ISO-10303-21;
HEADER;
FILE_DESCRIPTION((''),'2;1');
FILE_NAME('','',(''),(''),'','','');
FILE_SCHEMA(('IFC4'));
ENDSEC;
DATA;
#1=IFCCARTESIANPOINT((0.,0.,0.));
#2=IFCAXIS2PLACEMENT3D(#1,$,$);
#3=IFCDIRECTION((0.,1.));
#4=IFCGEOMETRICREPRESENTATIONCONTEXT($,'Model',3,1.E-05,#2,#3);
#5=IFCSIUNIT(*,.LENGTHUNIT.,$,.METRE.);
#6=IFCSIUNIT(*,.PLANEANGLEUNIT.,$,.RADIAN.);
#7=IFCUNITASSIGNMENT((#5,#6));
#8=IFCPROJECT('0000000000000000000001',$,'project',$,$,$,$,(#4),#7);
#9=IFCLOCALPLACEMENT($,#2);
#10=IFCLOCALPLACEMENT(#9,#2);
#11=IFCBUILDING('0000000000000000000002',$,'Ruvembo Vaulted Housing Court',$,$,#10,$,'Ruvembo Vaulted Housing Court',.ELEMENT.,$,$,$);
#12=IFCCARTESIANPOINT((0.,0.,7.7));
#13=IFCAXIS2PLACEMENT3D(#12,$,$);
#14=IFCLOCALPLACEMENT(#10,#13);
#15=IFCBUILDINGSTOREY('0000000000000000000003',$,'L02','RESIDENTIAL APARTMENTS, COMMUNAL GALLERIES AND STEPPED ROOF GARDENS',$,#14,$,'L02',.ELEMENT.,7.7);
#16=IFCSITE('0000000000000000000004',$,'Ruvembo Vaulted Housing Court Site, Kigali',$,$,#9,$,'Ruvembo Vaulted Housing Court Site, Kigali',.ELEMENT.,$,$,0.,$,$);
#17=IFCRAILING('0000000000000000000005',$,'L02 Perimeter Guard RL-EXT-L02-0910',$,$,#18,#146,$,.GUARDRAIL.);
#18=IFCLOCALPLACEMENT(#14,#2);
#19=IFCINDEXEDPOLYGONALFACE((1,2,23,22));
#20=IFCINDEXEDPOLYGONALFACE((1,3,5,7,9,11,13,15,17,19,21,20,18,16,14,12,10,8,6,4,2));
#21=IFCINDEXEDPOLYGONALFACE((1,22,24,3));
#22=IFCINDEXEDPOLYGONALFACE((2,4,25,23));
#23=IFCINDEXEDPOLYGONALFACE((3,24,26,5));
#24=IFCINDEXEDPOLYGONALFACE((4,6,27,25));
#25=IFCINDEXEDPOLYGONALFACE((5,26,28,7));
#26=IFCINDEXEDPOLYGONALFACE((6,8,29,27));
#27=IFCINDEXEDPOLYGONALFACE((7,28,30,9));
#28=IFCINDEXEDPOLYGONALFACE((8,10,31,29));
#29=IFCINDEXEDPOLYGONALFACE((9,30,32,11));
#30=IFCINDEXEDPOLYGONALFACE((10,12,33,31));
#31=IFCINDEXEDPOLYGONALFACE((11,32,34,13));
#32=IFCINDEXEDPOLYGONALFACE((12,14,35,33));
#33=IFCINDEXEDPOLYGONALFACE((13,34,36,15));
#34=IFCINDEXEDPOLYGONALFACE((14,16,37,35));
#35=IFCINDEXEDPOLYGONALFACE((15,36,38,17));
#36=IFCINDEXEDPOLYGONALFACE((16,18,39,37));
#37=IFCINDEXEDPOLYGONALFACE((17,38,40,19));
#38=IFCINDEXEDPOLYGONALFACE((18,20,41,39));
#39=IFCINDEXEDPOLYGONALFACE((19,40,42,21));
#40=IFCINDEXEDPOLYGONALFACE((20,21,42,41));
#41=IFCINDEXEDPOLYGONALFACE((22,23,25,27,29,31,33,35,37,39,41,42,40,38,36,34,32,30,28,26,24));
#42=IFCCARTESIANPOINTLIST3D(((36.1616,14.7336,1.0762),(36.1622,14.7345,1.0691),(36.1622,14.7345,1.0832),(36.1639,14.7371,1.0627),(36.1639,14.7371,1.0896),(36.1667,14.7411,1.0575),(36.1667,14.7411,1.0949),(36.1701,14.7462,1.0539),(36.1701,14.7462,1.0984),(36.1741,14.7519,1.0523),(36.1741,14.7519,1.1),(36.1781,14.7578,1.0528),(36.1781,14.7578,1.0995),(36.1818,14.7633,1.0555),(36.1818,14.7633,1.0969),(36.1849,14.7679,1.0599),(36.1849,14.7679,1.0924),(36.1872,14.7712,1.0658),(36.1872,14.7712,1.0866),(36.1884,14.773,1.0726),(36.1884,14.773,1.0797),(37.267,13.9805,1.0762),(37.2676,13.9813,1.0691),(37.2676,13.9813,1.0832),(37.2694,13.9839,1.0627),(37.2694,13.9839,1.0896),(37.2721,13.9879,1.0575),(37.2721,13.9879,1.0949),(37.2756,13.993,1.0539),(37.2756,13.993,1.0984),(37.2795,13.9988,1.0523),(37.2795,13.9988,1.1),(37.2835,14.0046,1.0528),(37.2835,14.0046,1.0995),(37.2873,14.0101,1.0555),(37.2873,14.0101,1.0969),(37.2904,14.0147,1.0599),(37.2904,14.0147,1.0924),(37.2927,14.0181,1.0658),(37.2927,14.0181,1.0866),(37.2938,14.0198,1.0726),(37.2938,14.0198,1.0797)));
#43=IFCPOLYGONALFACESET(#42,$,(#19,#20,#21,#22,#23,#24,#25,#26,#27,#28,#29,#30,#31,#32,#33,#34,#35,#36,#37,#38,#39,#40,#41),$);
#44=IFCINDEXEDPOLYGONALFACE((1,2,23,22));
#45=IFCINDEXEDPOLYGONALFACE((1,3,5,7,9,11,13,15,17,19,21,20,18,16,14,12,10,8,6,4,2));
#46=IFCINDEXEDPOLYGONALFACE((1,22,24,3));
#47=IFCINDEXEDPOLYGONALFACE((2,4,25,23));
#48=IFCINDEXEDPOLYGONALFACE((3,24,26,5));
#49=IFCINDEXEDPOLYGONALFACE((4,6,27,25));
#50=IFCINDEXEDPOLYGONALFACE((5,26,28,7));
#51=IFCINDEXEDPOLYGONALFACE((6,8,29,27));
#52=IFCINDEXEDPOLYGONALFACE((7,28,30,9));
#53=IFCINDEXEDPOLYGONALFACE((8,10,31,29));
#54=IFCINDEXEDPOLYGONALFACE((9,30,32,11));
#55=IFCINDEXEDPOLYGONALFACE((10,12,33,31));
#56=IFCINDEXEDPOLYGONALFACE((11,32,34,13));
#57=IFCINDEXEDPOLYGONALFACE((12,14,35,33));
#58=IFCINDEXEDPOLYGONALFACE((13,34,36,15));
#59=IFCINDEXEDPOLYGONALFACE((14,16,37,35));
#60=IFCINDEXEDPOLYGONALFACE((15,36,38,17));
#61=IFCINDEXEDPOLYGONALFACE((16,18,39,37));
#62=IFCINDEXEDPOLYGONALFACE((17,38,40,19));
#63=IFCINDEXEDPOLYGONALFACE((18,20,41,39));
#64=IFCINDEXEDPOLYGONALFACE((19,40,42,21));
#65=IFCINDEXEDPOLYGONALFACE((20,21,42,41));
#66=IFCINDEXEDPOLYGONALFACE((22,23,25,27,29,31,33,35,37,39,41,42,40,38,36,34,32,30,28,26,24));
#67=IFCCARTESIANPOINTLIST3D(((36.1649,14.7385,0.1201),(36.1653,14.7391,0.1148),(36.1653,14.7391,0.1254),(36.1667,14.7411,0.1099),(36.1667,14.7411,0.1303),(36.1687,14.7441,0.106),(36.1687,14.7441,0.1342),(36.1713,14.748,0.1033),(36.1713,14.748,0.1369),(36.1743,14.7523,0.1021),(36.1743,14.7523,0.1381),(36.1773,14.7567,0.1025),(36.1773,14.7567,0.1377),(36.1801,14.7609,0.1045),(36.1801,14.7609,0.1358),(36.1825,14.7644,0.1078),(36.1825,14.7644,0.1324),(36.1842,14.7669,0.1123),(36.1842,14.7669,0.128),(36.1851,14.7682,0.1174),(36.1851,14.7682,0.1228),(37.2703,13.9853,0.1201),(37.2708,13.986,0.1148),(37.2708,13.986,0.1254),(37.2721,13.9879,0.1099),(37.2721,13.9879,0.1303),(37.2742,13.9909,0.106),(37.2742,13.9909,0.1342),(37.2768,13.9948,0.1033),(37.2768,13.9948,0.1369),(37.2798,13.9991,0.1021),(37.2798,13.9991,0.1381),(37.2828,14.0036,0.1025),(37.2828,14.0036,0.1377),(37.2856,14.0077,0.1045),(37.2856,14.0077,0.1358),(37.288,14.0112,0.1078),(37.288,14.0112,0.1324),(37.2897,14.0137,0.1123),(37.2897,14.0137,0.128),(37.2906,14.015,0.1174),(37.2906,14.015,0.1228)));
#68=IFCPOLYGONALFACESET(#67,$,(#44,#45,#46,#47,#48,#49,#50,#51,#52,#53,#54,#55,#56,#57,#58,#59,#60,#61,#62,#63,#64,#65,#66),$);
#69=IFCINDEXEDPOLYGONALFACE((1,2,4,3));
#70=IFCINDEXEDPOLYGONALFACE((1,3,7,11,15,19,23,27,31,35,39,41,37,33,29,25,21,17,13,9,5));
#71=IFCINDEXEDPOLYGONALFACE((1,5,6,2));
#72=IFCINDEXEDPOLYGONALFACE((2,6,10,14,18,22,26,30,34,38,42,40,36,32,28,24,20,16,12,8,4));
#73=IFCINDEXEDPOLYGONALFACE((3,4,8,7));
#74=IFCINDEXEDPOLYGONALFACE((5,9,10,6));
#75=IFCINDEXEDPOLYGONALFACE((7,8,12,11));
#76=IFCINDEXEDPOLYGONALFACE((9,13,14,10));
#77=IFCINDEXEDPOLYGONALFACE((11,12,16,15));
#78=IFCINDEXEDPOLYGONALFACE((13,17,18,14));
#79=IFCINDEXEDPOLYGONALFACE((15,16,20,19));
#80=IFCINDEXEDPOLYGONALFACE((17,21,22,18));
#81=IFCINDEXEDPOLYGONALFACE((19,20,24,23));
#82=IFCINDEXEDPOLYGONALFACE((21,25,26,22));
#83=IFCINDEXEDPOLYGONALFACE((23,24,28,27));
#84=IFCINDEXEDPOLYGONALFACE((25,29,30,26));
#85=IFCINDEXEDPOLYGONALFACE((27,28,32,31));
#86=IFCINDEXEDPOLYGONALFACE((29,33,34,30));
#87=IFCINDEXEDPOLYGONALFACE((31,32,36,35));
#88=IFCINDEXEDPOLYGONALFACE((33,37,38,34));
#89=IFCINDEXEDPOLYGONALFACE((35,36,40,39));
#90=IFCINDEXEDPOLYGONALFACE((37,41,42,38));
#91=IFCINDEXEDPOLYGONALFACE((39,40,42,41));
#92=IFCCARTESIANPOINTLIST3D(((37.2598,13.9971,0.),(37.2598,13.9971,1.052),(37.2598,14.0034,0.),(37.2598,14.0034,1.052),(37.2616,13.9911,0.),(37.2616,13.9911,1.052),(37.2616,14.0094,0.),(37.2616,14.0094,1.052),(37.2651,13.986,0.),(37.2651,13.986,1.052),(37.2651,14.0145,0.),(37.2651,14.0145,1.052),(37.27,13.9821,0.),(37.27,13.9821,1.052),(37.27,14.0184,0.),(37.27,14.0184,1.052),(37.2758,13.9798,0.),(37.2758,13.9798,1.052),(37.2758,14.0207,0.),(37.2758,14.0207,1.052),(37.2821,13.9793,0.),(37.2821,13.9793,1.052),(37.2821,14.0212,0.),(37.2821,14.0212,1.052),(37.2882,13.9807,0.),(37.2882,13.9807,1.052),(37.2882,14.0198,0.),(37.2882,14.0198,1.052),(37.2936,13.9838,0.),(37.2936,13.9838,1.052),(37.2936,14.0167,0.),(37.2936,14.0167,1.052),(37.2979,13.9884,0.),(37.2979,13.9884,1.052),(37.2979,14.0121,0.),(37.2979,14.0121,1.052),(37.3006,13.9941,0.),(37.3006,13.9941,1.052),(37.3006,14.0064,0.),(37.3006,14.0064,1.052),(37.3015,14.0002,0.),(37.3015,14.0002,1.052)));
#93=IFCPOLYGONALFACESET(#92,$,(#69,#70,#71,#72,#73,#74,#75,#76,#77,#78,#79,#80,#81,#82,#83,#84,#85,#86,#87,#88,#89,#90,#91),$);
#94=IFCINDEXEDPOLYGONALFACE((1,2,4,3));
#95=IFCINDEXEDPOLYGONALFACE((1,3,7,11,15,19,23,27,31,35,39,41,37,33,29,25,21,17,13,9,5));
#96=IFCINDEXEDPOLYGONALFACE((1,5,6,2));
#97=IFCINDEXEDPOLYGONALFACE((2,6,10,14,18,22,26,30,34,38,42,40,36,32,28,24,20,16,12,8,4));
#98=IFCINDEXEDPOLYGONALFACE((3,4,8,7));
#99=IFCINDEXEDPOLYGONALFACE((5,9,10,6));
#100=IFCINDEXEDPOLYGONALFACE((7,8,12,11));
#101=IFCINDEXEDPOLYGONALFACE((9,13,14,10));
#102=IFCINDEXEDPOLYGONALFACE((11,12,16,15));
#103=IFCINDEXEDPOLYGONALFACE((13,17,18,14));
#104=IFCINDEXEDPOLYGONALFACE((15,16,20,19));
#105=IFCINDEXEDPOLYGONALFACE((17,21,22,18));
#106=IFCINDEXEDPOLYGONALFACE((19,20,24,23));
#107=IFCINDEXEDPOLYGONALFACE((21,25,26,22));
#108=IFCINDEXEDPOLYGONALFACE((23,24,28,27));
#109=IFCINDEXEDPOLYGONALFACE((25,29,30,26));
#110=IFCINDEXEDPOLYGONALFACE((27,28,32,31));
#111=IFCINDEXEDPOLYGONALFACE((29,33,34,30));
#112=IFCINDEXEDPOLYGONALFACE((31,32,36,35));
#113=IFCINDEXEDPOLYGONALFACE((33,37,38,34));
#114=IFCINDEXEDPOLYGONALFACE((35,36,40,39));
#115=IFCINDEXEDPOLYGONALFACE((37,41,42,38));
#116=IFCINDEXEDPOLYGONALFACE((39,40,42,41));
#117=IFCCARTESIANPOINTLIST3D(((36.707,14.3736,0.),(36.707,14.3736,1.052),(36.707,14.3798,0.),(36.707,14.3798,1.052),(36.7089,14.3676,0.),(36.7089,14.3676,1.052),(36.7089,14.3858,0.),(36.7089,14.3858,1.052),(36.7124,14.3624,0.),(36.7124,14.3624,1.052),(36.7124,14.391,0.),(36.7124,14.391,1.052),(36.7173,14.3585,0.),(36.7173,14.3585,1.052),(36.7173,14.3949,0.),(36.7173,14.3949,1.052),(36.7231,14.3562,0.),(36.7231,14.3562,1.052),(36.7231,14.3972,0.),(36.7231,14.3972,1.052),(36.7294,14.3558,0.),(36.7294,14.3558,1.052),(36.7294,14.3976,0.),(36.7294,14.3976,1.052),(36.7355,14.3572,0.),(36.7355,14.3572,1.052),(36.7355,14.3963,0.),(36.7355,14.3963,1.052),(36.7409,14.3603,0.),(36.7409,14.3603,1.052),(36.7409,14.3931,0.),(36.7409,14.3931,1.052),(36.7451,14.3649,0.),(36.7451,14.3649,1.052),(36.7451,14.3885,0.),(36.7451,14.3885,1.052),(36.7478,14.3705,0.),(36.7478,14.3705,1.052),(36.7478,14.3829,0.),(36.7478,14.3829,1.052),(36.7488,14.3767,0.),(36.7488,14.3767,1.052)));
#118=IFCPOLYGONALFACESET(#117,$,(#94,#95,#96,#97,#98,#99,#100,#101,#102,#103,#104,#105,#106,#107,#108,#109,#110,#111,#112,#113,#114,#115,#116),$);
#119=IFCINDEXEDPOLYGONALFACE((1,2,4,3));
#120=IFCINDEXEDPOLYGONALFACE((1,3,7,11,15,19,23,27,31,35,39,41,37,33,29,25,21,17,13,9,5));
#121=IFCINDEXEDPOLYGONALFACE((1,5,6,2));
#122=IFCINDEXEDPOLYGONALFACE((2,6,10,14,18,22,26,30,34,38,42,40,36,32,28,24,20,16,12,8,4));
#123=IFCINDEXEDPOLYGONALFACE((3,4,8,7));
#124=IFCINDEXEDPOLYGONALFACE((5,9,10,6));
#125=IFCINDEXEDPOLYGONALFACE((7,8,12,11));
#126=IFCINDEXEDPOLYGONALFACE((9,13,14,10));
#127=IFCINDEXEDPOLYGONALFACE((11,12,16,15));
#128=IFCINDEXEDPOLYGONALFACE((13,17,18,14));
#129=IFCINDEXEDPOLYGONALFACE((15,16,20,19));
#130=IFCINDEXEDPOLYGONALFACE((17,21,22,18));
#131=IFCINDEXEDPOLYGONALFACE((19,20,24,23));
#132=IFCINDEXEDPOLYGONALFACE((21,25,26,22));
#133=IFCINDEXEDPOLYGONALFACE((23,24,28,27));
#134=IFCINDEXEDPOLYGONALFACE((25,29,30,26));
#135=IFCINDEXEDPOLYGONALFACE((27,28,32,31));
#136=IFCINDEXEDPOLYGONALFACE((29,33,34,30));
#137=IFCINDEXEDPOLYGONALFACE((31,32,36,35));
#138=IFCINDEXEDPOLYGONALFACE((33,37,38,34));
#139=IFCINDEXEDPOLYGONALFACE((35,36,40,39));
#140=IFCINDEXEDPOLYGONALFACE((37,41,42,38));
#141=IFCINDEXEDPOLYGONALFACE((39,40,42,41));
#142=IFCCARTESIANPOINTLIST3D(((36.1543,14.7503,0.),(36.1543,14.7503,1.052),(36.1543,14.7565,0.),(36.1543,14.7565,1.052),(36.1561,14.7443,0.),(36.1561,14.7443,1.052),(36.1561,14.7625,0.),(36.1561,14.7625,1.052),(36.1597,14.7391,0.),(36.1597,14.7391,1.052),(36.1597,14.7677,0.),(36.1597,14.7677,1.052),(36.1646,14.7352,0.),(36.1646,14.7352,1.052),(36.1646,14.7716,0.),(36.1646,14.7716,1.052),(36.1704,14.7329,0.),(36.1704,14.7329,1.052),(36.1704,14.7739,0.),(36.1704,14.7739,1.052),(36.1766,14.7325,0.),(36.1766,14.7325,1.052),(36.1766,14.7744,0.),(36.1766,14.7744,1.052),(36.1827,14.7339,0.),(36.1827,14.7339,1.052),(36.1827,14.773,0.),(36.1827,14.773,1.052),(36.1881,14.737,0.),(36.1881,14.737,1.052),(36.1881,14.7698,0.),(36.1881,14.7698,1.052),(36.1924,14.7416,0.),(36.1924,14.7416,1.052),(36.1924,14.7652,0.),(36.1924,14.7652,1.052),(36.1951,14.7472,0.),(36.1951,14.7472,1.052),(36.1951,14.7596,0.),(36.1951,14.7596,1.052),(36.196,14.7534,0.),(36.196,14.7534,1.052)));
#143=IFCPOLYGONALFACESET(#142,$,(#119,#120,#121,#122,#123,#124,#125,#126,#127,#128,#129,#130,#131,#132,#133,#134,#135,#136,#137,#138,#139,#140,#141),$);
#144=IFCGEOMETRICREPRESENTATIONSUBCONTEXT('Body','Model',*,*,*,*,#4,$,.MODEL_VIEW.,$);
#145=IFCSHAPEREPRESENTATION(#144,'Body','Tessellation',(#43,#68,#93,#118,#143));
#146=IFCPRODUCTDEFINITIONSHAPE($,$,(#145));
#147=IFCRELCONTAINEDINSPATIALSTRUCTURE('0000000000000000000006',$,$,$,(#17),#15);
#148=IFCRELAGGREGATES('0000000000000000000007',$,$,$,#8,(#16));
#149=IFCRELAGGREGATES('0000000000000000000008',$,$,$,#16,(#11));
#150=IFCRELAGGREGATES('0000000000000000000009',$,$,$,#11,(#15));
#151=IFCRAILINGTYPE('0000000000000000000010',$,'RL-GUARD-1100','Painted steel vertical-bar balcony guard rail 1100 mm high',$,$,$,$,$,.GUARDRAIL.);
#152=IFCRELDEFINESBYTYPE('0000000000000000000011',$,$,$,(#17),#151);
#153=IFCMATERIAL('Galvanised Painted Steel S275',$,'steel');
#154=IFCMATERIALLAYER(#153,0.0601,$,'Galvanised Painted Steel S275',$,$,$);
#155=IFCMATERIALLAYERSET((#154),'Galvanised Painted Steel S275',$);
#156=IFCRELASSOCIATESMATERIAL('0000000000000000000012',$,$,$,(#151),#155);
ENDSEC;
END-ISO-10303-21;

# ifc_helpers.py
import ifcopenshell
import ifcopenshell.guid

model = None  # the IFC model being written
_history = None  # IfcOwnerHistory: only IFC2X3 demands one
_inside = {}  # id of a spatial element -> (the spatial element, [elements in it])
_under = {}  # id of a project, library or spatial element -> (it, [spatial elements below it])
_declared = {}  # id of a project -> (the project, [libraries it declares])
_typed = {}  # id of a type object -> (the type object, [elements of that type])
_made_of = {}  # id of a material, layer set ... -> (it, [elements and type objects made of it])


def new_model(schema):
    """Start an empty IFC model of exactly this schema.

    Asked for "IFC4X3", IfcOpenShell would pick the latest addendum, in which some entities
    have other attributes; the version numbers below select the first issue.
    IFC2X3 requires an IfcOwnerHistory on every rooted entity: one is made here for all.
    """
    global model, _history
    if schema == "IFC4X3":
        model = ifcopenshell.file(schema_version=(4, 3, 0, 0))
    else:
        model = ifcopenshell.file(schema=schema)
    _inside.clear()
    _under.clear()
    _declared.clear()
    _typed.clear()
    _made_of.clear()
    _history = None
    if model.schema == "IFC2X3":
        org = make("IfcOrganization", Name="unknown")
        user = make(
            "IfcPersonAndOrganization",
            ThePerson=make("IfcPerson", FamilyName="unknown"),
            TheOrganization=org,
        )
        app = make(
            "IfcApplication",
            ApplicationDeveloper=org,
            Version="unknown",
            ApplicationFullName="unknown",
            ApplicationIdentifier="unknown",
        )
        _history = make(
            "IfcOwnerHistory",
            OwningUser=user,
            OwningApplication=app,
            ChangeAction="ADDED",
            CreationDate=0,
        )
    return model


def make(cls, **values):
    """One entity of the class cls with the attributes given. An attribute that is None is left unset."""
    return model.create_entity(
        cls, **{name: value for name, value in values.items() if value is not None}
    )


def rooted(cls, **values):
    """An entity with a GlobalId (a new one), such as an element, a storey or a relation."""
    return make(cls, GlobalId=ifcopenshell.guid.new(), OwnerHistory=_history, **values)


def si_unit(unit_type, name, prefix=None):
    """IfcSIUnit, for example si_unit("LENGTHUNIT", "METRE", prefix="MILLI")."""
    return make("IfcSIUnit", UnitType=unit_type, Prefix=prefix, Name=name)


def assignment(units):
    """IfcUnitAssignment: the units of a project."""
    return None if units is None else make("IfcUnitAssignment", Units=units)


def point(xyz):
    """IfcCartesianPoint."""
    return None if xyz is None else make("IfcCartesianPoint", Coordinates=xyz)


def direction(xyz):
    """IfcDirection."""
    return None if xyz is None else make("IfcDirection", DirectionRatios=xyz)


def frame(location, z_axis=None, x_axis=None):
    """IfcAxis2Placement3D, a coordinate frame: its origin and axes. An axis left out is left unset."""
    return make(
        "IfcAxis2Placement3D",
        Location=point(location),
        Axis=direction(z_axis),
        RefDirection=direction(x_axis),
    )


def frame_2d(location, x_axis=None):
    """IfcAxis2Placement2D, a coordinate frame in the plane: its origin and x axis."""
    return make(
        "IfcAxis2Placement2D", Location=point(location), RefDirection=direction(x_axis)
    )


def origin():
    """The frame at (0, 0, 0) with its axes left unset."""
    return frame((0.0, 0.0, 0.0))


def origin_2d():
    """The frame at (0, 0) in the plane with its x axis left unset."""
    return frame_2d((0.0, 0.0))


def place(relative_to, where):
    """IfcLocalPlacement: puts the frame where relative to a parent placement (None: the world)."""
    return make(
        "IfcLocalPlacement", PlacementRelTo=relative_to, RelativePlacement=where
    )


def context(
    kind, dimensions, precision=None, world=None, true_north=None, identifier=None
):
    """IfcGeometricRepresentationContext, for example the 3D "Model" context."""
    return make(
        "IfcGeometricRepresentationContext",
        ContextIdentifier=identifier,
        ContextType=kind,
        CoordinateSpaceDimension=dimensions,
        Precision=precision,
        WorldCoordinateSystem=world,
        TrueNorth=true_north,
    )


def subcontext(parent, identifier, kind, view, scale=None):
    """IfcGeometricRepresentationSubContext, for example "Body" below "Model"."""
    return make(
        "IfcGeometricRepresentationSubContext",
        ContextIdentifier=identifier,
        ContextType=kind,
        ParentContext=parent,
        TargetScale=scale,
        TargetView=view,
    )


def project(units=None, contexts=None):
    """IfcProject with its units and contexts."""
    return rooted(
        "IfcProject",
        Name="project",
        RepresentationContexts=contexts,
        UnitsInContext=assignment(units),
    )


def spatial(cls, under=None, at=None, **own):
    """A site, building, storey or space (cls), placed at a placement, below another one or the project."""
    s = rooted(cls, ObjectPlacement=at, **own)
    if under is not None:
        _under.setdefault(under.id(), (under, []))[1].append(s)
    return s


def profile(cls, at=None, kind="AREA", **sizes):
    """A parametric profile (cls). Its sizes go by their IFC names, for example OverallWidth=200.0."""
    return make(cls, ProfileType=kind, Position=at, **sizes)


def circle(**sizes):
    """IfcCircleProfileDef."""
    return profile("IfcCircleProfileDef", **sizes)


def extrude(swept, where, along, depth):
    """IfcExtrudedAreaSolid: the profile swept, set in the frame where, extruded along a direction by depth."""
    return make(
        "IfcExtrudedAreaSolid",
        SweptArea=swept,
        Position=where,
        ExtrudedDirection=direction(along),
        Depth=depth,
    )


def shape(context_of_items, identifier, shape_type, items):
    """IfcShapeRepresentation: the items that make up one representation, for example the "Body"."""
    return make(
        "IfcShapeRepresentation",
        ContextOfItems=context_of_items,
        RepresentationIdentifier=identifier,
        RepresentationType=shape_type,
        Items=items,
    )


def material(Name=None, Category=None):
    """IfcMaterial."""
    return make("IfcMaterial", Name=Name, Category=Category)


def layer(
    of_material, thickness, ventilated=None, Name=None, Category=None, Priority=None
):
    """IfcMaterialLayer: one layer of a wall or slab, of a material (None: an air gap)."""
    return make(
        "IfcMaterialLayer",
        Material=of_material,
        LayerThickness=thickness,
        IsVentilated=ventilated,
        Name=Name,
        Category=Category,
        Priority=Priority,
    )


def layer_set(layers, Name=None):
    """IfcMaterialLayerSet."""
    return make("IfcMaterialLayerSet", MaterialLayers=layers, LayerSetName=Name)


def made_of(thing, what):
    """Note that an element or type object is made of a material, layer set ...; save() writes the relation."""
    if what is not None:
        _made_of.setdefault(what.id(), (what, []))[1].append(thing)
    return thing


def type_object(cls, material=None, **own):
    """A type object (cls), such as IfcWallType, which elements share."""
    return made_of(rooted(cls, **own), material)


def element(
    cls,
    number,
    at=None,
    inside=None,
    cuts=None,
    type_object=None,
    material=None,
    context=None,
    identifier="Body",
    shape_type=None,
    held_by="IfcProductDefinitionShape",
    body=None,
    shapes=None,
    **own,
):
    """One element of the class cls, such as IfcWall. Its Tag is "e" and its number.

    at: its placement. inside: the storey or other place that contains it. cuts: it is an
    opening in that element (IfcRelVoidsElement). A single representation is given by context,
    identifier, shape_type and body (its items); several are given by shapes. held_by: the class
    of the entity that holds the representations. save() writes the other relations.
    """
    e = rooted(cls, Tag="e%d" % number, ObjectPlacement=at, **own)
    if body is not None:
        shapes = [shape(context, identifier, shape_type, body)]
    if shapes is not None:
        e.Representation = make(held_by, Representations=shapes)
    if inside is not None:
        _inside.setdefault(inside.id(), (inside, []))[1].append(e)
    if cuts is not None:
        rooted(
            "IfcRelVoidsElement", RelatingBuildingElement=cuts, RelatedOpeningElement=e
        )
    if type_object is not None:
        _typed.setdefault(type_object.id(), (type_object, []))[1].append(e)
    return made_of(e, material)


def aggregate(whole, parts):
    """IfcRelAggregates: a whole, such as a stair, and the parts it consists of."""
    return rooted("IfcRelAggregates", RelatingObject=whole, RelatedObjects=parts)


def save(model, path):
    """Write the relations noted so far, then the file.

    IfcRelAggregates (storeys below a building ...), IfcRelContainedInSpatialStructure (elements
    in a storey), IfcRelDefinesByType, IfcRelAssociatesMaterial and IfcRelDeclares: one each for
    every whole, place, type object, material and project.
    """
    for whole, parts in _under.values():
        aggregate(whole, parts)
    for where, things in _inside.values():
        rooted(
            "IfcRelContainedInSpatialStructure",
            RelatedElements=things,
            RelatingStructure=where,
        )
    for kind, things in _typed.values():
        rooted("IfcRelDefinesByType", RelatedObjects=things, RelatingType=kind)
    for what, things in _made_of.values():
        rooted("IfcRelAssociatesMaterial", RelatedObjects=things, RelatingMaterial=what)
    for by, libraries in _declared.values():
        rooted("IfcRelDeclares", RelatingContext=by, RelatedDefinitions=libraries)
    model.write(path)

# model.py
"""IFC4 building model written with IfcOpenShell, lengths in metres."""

from ifc_helpers import new_model, si_unit, direction, frame, origin, origin_2d, place, context, subcontext, project, spatial, circle, extrude, material, layer, layer_set, type_object, element, save


model = new_model("IFC4")

# Units and contexts
model_context = context("Model", 3, precision=1e-05, world=origin(), true_north=direction((0.0, 1.0)))
body_context = subcontext(model_context, "Body", "Model", "MODEL_VIEW")
ifc_project = project(units=[si_unit("LENGTHUNIT", "METRE"), si_unit("PLANEANGLEUNIT", "RADIAN")], contexts=[model_context])

# Site, building, storey
site_placement = place(None, origin())
site = spatial("IfcSite", under=ifc_project, at=site_placement, Name="Ruvembo Vaulted Housing Court Site, Kigali", LongName="Ruvembo Vaulted Housing Court Site, Kigali", CompositionType="ELEMENT", RefElevation=0.0)
building_placement = place(site_placement, origin())
building = spatial("IfcBuilding", under=site, at=building_placement, Name="Ruvembo Vaulted Housing Court", LongName="Ruvembo Vaulted Housing Court", CompositionType="ELEMENT")
storey_placement = place(building_placement, frame((0.0, 0.0, 7.7)))
storey = spatial("IfcBuildingStorey", under=building, at=storey_placement, Name="L02", Description="RESIDENTIAL APARTMENTS, COMMUNAL GALLERIES AND STEPPED ROOF GARDENS", LongName="L02", CompositionType="ELEMENT", Elevation=7.7)

# Railing
ifc_material_1 = material(Name="Galvanised Painted Steel S275", Category="steel")
ifc_layer_1 = layer(ifc_material_1, 0.0601, Name="Galvanised Painted Steel S275")
ifc_layer_set_1 = layer_set([ifc_layer_1], Name="Galvanised Painted Steel S275")
railing_type_1 = type_object("IfcRailingType", Name="RL-GUARD-1100", Description="Painted steel vertical-bar balcony guard rail 1100 mm high", PredefinedType="GUARDRAIL", material=ifc_layer_set_1)
railing_1_placement = place(storey_placement, frame((37.2805, 14.0002, 0.0)))
element("IfcRailing", 1, at=railing_1_placement, inside=storey, type_object=railing_type_1, Name="L02 Perimeter Guard RL-EXT-L02-0910", PredefinedType="GUARDRAIL", context=body_context, shape_type="SweptSolid", body=[
    extrude(circle(Radius=0.0239, at=origin_2d()), frame((0.0, 0.0, 1.0762), z_axis=(-0.82642, 0.563054, 0.0), x_axis=(-0.563054, -0.82642, 0.0)), (0.0, 0.0, 1.0), 1.3376),
    extrude(circle(Radius=0.0181, at=origin_2d()), frame((0.0, 0.0, 0.1201), z_axis=(-0.82642, 0.563054, 0.0), x_axis=(-0.563054, -0.82642, 0.0)), (0.0, 0.0, 1.0), 1.3376),
    extrude(circle(Radius=0.021, at=origin_2d()), origin(), (0.0, 0.0, 1.0), 1.052),
    extrude(circle(Radius=0.021, at=origin_2d()), frame((-0.5527, 0.3765, 0.0)), (0.0, 0.0, 1.0), 1.052),
    extrude(circle(Radius=0.021, at=origin_2d()), frame((-1.1055, 0.7532, 0.0)), (0.0, 0.0, 1.0), 1.052),
])

save(model, "model.ifc")
